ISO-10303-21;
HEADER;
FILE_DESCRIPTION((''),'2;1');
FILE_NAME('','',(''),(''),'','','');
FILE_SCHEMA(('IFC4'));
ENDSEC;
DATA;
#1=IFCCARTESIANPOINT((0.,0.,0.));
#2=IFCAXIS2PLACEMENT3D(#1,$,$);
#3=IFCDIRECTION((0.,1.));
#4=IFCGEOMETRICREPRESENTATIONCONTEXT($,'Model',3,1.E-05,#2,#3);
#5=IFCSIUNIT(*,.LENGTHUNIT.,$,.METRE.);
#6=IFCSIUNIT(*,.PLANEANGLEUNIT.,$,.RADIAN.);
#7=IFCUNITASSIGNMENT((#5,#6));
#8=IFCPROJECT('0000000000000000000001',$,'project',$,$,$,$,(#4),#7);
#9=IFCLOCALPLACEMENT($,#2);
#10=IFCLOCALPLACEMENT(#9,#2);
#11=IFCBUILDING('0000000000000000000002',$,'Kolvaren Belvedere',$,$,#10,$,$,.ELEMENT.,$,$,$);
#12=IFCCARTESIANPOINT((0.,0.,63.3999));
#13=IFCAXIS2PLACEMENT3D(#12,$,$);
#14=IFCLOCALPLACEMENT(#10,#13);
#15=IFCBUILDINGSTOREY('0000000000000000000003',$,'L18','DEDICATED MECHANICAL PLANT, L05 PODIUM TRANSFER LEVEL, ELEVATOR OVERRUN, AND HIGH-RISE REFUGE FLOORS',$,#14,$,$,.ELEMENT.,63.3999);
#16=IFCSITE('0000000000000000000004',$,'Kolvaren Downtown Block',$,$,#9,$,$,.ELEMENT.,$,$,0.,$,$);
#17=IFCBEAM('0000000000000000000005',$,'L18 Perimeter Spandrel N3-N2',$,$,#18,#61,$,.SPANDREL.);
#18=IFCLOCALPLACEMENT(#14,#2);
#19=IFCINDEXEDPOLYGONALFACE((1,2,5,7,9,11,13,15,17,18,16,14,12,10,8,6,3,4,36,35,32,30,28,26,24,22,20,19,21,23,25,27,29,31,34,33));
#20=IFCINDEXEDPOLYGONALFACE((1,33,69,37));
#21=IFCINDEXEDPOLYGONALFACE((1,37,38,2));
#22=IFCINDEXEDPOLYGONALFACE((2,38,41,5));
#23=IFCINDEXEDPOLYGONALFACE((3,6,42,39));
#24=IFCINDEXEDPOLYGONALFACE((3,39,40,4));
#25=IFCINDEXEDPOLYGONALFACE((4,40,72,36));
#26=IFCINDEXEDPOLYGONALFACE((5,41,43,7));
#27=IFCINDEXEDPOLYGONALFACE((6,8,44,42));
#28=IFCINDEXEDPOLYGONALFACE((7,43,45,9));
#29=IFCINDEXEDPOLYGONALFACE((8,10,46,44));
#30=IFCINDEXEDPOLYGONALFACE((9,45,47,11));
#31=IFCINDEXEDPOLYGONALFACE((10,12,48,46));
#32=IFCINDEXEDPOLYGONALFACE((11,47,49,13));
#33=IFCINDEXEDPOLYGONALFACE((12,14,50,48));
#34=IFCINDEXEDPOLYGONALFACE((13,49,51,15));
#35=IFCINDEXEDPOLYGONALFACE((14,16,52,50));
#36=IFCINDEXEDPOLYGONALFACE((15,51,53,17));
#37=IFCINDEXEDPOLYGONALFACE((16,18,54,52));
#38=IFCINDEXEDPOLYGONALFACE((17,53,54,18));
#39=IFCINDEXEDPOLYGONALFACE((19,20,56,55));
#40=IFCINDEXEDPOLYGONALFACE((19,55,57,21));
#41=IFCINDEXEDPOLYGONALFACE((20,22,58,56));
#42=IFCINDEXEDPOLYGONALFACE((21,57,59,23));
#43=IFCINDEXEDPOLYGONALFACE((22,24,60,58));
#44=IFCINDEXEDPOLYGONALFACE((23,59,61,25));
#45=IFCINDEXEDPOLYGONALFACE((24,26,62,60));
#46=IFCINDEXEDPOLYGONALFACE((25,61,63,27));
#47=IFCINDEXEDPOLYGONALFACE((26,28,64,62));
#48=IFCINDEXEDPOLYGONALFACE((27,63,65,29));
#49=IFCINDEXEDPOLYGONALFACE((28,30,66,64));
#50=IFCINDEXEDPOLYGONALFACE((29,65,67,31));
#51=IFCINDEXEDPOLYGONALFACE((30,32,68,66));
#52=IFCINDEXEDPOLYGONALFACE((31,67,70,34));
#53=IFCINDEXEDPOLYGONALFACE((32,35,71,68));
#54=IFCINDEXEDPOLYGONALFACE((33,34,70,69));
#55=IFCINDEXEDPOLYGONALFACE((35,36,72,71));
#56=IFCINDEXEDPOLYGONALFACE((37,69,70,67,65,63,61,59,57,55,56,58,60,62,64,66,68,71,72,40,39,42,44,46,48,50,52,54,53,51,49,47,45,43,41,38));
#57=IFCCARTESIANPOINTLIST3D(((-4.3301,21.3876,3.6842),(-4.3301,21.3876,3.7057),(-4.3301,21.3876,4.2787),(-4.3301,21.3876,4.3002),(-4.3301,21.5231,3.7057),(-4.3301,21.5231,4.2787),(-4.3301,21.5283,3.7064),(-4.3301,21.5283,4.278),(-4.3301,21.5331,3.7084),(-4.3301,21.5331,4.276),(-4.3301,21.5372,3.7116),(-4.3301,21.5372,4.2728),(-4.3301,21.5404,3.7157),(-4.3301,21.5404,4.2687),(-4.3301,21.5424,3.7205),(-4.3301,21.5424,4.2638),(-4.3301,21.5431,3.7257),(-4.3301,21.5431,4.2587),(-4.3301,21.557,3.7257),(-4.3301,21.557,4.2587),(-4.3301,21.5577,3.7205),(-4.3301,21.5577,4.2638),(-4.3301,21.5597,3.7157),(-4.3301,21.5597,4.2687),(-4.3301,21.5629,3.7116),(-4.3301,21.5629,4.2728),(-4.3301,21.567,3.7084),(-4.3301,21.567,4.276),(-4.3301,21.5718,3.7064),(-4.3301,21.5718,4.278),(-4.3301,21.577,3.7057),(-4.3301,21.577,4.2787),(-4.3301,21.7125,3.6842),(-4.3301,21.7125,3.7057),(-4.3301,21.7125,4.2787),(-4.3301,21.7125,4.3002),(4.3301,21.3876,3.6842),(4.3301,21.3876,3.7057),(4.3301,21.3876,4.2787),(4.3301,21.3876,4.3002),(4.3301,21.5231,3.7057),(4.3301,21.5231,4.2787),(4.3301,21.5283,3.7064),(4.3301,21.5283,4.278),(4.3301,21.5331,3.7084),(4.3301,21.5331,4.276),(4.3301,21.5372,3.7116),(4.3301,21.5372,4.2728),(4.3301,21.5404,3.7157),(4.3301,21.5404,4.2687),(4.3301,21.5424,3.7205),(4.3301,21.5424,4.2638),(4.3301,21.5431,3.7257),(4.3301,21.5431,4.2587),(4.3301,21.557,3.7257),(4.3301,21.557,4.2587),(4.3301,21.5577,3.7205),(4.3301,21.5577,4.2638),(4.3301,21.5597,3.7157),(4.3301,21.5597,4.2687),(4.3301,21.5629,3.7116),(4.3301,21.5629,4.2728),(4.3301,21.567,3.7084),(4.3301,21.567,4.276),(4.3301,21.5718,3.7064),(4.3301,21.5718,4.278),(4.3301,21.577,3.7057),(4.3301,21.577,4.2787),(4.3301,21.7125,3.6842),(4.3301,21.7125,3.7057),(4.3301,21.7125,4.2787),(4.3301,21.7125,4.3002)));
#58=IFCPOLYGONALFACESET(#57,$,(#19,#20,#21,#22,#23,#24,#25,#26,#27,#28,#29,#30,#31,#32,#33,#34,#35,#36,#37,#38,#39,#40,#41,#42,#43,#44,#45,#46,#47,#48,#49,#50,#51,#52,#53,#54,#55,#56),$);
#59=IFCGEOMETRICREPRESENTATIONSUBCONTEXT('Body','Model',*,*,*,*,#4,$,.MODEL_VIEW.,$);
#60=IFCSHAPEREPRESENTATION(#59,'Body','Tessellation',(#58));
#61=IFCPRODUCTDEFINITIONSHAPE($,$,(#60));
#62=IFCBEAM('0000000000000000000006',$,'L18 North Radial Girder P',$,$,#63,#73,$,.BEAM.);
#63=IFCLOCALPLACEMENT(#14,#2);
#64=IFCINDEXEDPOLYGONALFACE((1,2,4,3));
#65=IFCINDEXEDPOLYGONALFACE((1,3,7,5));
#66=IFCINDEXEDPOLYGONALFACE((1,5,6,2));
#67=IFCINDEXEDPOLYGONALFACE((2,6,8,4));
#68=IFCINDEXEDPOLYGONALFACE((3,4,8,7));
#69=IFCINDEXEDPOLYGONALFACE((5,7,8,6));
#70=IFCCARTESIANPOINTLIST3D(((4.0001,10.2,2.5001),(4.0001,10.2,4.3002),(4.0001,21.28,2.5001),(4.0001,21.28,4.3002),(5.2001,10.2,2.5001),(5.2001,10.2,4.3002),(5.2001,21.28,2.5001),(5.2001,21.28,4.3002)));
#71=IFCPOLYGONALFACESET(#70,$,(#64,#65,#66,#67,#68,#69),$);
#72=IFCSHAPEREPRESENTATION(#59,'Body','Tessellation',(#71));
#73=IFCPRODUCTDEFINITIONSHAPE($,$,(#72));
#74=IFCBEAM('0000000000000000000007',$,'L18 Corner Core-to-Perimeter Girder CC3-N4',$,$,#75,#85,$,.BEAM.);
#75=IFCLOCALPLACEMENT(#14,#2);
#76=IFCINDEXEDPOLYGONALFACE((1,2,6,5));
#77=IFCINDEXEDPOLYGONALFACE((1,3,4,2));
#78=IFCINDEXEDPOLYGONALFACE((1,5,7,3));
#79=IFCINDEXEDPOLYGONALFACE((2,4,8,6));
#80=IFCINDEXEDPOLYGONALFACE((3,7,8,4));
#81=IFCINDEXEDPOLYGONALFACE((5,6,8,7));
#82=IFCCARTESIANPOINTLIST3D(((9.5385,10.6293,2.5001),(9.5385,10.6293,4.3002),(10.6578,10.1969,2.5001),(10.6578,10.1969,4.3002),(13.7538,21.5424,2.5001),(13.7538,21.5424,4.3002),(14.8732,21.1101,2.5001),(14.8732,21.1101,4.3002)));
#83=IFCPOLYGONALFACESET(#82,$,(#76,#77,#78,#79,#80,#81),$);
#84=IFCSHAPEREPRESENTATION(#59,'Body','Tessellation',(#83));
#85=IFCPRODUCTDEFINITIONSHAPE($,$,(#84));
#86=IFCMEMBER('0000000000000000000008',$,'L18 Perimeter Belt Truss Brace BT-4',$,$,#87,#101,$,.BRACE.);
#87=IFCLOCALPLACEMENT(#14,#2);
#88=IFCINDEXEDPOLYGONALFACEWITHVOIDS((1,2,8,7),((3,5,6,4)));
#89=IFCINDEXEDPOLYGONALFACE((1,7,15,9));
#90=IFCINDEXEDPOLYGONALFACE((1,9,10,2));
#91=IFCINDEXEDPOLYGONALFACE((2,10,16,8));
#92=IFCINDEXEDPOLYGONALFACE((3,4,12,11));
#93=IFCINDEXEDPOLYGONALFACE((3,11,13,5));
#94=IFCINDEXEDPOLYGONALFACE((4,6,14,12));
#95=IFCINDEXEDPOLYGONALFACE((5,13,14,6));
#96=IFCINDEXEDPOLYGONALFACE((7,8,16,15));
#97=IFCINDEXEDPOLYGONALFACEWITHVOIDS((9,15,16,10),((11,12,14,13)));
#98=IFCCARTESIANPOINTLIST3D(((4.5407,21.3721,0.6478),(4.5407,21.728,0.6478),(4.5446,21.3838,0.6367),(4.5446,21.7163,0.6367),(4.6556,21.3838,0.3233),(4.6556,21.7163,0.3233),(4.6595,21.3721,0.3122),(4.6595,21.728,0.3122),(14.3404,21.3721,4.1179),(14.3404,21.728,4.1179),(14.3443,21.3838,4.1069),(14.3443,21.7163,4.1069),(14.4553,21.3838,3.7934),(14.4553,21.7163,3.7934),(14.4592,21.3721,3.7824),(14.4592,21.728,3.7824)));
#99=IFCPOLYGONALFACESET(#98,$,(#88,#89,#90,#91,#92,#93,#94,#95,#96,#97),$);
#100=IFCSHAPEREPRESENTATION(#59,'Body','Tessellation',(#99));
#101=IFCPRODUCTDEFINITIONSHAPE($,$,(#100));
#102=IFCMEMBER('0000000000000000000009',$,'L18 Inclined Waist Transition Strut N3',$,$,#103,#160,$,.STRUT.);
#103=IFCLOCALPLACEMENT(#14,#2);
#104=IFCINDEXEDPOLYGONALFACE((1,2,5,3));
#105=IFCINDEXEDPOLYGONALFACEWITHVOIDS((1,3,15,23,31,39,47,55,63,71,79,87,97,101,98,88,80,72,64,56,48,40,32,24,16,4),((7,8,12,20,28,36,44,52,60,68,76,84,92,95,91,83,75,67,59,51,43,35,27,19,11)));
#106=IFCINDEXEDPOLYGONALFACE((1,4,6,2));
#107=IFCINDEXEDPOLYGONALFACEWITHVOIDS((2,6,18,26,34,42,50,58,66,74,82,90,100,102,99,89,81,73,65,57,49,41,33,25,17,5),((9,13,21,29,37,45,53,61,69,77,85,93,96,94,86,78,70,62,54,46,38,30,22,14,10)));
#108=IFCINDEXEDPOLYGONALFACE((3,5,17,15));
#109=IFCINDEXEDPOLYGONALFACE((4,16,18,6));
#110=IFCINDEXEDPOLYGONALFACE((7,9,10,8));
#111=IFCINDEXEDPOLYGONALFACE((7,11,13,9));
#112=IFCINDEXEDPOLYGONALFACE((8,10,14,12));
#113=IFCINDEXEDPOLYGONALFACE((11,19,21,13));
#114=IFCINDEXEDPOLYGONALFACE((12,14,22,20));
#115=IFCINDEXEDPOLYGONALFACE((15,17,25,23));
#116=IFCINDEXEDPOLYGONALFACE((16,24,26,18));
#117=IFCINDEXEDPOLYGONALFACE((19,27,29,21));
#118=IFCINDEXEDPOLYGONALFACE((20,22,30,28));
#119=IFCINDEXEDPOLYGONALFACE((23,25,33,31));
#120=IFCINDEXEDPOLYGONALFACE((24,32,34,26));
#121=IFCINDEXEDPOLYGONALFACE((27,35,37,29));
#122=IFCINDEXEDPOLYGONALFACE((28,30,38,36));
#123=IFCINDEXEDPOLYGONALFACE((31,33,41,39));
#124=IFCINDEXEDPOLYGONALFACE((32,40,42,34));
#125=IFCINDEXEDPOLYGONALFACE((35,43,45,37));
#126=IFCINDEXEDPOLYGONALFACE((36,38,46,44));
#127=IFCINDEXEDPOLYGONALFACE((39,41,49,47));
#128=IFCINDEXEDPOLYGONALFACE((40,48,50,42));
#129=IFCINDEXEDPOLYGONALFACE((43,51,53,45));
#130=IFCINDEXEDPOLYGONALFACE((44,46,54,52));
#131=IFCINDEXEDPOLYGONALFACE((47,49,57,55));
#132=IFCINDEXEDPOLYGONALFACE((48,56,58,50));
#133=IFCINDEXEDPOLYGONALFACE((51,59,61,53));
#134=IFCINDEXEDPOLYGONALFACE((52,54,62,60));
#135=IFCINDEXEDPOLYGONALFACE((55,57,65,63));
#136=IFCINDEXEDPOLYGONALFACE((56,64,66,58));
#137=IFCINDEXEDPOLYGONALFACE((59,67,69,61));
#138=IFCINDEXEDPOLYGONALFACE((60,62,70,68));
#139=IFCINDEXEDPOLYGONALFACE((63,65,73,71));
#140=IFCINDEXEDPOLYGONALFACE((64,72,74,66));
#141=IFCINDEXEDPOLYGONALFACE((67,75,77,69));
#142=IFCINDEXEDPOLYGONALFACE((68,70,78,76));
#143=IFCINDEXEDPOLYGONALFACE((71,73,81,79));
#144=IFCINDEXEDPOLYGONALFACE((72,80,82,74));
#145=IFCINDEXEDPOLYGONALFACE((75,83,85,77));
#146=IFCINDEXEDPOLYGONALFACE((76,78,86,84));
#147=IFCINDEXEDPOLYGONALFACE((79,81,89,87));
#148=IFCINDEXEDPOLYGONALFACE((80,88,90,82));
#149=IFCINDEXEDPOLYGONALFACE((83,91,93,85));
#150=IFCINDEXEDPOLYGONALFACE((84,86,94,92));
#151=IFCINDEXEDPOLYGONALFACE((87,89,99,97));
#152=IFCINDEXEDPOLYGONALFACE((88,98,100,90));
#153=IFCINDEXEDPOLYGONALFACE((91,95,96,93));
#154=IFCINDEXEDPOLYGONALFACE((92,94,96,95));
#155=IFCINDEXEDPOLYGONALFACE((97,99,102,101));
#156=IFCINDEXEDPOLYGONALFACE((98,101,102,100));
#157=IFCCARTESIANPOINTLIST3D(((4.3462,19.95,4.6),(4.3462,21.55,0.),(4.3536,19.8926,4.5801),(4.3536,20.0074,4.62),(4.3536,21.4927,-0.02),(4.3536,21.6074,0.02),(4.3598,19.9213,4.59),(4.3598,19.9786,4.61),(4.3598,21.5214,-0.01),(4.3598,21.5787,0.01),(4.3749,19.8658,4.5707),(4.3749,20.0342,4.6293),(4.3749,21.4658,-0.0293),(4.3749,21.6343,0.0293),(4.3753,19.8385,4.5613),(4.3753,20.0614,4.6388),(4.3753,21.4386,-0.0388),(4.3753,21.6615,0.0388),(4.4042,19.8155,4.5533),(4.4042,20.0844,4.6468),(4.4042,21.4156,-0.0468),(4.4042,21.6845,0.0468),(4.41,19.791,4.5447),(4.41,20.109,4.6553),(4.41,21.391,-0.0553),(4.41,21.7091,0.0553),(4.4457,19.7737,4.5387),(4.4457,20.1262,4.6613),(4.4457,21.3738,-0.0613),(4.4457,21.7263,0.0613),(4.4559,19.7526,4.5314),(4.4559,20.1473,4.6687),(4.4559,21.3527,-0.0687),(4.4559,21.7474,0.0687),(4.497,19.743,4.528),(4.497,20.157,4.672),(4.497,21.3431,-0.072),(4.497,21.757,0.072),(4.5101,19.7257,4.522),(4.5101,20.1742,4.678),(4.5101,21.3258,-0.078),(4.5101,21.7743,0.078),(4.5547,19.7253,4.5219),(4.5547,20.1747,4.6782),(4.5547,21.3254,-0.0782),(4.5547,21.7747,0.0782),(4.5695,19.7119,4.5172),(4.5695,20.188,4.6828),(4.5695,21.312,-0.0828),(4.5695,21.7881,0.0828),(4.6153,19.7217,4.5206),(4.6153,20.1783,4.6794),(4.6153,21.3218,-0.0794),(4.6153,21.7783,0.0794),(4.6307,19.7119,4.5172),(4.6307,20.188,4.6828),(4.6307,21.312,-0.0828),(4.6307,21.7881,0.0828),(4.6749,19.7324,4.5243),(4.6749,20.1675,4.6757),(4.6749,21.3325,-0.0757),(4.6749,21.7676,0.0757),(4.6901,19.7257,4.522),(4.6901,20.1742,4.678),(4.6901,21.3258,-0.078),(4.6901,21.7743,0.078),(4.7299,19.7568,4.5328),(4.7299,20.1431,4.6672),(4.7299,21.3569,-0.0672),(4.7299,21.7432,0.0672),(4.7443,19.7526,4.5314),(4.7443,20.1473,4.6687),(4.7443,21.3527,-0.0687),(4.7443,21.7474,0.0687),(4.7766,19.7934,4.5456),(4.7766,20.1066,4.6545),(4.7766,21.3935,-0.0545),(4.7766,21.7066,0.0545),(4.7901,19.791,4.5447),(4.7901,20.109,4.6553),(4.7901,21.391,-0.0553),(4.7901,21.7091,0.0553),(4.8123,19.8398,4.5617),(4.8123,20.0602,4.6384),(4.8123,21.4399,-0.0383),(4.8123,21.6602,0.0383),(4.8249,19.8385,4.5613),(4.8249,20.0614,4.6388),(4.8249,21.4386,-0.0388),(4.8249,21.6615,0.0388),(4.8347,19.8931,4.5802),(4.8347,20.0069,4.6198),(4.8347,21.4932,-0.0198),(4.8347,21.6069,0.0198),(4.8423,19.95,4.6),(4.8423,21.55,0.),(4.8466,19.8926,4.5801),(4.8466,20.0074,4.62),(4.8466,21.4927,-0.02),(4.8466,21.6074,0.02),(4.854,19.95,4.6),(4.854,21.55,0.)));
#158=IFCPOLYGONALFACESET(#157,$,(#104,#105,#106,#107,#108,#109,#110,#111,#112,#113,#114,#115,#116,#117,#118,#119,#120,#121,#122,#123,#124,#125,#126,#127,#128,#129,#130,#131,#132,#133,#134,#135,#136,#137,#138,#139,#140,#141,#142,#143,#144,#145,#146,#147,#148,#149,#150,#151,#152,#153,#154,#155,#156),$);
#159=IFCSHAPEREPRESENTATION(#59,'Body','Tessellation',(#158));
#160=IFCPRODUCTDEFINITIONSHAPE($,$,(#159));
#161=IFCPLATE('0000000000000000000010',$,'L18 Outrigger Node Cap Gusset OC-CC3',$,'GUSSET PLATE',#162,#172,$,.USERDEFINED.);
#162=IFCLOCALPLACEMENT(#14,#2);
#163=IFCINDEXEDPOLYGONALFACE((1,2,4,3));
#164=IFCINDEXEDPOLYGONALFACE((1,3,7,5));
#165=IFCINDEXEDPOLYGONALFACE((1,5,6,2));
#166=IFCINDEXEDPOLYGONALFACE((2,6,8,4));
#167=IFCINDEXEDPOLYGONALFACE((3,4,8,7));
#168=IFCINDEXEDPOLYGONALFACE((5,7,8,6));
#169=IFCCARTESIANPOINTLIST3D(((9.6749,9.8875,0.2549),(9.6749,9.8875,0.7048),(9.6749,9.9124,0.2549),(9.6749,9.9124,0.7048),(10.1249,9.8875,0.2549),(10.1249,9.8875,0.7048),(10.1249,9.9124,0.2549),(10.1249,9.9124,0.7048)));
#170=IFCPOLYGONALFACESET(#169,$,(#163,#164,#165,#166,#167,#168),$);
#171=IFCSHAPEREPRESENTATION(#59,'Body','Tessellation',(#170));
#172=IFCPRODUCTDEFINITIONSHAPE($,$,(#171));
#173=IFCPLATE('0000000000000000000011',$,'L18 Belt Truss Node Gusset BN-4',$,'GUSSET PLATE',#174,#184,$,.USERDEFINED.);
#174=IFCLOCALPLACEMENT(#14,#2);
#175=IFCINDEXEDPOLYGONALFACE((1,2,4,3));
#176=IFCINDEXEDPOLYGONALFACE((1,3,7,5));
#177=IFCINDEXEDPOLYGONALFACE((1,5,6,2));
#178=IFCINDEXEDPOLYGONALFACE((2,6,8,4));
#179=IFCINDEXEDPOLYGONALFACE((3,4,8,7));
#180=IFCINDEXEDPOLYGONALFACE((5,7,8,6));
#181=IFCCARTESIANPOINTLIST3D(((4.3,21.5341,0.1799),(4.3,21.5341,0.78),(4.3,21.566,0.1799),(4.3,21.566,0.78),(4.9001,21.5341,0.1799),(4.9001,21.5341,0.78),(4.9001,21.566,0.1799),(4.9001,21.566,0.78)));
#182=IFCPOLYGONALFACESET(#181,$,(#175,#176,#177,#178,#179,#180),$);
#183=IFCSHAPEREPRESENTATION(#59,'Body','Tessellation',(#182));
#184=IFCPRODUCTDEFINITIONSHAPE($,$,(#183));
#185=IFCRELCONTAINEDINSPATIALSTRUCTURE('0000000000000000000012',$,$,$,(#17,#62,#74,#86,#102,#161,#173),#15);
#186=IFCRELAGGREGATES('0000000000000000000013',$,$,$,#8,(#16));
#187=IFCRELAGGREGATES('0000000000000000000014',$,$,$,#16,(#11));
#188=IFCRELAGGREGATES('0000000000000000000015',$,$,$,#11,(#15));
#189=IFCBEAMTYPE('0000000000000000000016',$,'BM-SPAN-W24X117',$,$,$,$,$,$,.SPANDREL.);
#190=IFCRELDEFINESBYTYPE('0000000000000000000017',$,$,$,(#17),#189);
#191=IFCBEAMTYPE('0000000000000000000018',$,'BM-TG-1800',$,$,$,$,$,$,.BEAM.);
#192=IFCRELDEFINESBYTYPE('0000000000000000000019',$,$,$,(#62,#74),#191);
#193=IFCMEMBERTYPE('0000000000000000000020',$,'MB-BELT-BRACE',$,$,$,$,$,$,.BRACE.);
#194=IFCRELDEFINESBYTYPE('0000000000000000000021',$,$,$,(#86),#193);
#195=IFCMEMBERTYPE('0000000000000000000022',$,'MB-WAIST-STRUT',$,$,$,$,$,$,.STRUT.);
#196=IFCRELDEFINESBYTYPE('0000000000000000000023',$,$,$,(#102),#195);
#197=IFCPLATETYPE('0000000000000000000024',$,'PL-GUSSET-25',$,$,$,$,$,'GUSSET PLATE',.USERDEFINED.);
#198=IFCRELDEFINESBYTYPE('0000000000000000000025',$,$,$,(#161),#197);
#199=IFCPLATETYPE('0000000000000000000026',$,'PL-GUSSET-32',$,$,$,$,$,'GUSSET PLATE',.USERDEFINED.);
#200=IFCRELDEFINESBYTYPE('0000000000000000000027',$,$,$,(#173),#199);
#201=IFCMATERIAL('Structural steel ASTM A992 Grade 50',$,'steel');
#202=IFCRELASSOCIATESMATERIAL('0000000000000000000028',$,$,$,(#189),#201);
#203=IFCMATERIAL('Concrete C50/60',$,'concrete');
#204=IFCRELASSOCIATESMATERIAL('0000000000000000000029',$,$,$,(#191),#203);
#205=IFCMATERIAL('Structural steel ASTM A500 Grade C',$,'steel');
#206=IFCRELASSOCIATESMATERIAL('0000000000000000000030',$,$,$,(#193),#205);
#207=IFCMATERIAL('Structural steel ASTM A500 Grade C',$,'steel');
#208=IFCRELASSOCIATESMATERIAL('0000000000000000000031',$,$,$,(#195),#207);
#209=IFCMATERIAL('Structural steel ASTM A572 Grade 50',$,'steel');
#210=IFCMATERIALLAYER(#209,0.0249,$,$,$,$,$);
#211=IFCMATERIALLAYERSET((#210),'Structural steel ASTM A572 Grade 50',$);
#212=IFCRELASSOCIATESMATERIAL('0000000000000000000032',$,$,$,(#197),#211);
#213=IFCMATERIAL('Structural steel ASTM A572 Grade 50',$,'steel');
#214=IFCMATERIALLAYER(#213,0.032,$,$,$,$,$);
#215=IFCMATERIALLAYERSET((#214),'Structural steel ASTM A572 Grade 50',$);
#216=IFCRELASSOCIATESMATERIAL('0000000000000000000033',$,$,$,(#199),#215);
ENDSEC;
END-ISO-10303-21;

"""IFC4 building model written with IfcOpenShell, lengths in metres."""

from ifc_helpers import new_model, si_unit, direction, frame, origin, origin_2d, place, context, subcontext, project, spatial, rectangle, hollow_rectangle, hollow_circle, i_section, extrude, material, layer, layer_set, material_profile, profile_set, type_object, element, save


model = new_model("IFC4")

# Units and contexts
model_context = context("Model", 3, precision=1e-05, world=origin(), true_north=direction((0.0, 1.0)))
body_context = subcontext(model_context, "Body", "Model", "MODEL_VIEW")
ifc_project = project(units=[si_unit("LENGTHUNIT", "METRE"), si_unit("PLANEANGLEUNIT", "RADIAN")], contexts=[model_context])

# Site, building, storey
site_placement = place(None, origin())
site = spatial("IfcSite", under=ifc_project, at=site_placement, Name="Kolvaren Downtown Block", CompositionType="ELEMENT", RefElevation=0.0)
building_placement = place(site_placement, origin())
building = spatial("IfcBuilding", under=site, at=building_placement, Name="Kolvaren Belvedere", CompositionType="ELEMENT")
storey_placement = place(building_placement, frame((0.0, 0.0, 63.3999)))
storey = spatial("IfcBuildingStorey", under=building, at=storey_placement, Name="L18", Description="DEDICATED MECHANICAL PLANT, L05 PODIUM TRANSFER LEVEL, ELEVATOR OVERRUN, AND HIGH-RISE REFUGE FLOORS", CompositionType="ELEMENT", Elevation=63.3999)

# Beams
ifc_material_1 = material(Name="Structural steel ASTM A992 Grade 50", Category="steel")
ifc_material_profile_1 = material_profile(ifc_material_1, i_section(OverallWidth=0.325, OverallDepth=0.616, WebThickness=0.0139, FlangeThickness=0.0215, FilletRadius=0.02, at=origin_2d()), Name="W24X117")
ifc_profile_set_1 = profile_set([ifc_material_profile_1], Name="Structural steel ASTM A992 Grade 50")
beam_type_1 = type_object("IfcBeamType", Name="BM-SPAN-W24X117", PredefinedType="SPANDREL", material=ifc_profile_set_1)
beam_1_placement = place(storey_placement, frame((4.3301, 21.55, 3.9922), z_axis=(-1.0, 0.0, 0.0), x_axis=(0.0, -1.0, 0.0)))
element("IfcBeam", 1, at=beam_1_placement, inside=storey, type_object=beam_type_1, Name="L18 Perimeter Spandrel N3-N2", PredefinedType="SPANDREL", context=body_context, shape_type="SweptSolid", body=[
    extrude(i_section(OverallWidth=0.325, OverallDepth=0.616, WebThickness=0.0139, FlangeThickness=0.0215, FilletRadius=0.02, at=origin_2d()), origin(), (0.0, 0.0, 1.0), 8.6602),
])
ifc_material_2 = material(Name="Concrete C50/60", Category="concrete")
ifc_material_profile_2 = material_profile(ifc_material_2, rectangle(XDim=1.2, YDim=1.8, at=origin_2d()), Name="RC 1200X1800")
ifc_profile_set_2 = profile_set([ifc_material_profile_2], Name="Concrete C50/60")
beam_type_2 = type_object("IfcBeamType", Name="BM-TG-1800", PredefinedType="BEAM", material=ifc_profile_set_2)
beam_2_placement = place(storey_placement, frame((4.6001, 10.2, 3.4001), z_axis=(0.0, 1.0, 0.0), x_axis=(-1.0, 0.0, 0.0)))
element("IfcBeam", 2, at=beam_2_placement, inside=storey, type_object=beam_type_2, Name="L18 North Radial Girder P", PredefinedType="BEAM", context=body_context, shape_type="SweptSolid", body=[
    extrude(rectangle(XDim=1.2, YDim=1.8, at=origin_2d()), origin(), (0.0, 0.0, 1.0), 11.0801),
])
beam_3_placement = place(storey_placement, frame((10.0981, 10.4131, 3.4001), z_axis=(0.360318, 0.932829, 0.0), x_axis=(-0.932829, 0.360318, 0.0)))
element("IfcBeam", 3, at=beam_3_placement, inside=storey, type_object=beam_type_2, Name="L18 Corner Core-to-Perimeter Girder CC3-N4", PredefinedType="BEAM", context=body_context, shape_type="SweptSolid", body=[
    extrude(rectangle(XDim=1.2, YDim=1.8, at=origin_2d()), origin(), (0.0, 0.0, 1.0), 11.699),
])

# Members
ifc_material_3 = material(Name="Structural steel ASTM A500 Grade C", Category="steel")
ifc_material_profile_3 = material_profile(ifc_material_3, hollow_rectangle(XDim=0.356, YDim=0.356, WallThickness=0.0117, at=origin_2d()), Name="HSS14X14X1/2")
ifc_profile_set_3 = profile_set([ifc_material_profile_3], Name="Structural steel ASTM A500 Grade C")
member_type_1 = type_object("IfcMemberType", Name="MB-BELT-BRACE", PredefinedType="BRACE", material=ifc_profile_set_3)
member_1_placement = place(storey_placement, frame((4.6001, 21.55, 0.48), z_axis=(0.942644, 0.0, 0.3338), x_axis=(0.0, 1.0, 0.0)))
element("IfcMember", 4, at=member_1_placement, inside=storey, type_object=member_type_1, Name="L18 Perimeter Belt Truss Brace BT-4", PredefinedType="BRACE", context=body_context, shape_type="SweptSolid", body=[
    extrude(hollow_rectangle(XDim=0.356, YDim=0.356, WallThickness=0.0117, at=origin_2d()), origin(), (0.0, 0.0, 1.0), 10.396),
])
ifc_material_4 = material(Name="Structural steel ASTM A500 Grade C", Category="steel")
ifc_material_profile_4 = material_profile(ifc_material_4, hollow_circle(Radius=0.2539, WallThickness=0.0117, at=origin_2d()), Name="HSS20.000X0.500")
ifc_profile_set_4 = profile_set([ifc_material_profile_4], Name="Structural steel ASTM A500 Grade C")
member_type_2 = type_object("IfcMemberType", Name="MB-WAIST-STRUT", PredefinedType="STRUT", material=ifc_profile_set_4)
member_2_placement = place(storey_placement, frame((4.6001, 21.55, 0.0), z_axis=(0.0, -0.328532, 0.944493), x_axis=(1.0, 0.0, 0.0)))
element("IfcMember", 5, at=member_2_placement, inside=storey, type_object=member_type_2, Name="L18 Inclined Waist Transition Strut N3", PredefinedType="STRUT", context=body_context, shape_type="SweptSolid", body=[
    extrude(hollow_circle(Radius=0.2539, WallThickness=0.0117, at=origin_2d()), origin(), (0.0, 0.0, 1.0), 4.8704),
])

# Plates
ifc_material_5 = material(Name="Structural steel ASTM A572 Grade 50", Category="steel")
ifc_layer_1 = layer(ifc_material_5, 0.0249)
ifc_layer_set_1 = layer_set([ifc_layer_1], Name="Structural steel ASTM A572 Grade 50")
plate_type_1 = type_object("IfcPlateType", Name="PL-GUSSET-25", ElementType="GUSSET PLATE", PredefinedType="USERDEFINED", material=ifc_layer_set_1)
plate_1_placement = place(storey_placement, frame((9.8999, 9.8999, 0.2549), z_axis=(0.0, 0.0, 1.0), x_axis=(1.0, 0.0, 0.0)))
element("IfcPlate", 6, at=plate_1_placement, inside=storey, type_object=plate_type_1, Name="L18 Outrigger Node Cap Gusset OC-CC3", ObjectType="GUSSET PLATE", PredefinedType="USERDEFINED", context=body_context, shape_type="SweptSolid", body=[
    extrude(rectangle(XDim=0.45, YDim=0.0249, at=origin_2d()), origin(), (0.0, 0.0, 1.0), 0.45),
])
ifc_material_6 = material(Name="Structural steel ASTM A572 Grade 50", Category="steel")
ifc_layer_2 = layer(ifc_material_6, 0.032)
ifc_layer_set_2 = layer_set([ifc_layer_2], Name="Structural steel ASTM A572 Grade 50")
plate_type_2 = type_object("IfcPlateType", Name="PL-GUSSET-32", ElementType="GUSSET PLATE", PredefinedType="USERDEFINED", material=ifc_layer_set_2)
plate_2_placement = place(storey_placement, frame((4.6001, 21.55, 0.1799), z_axis=(0.0, 0.0, 1.0), x_axis=(1.0, 0.0, 0.0)))
element("IfcPlate", 7, at=plate_2_placement, inside=storey, type_object=plate_type_2, Name="L18 Belt Truss Node Gusset BN-4", ObjectType="GUSSET PLATE", PredefinedType="USERDEFINED", context=body_context, shape_type="SweptSolid", body=[
    extrude(rectangle(XDim=0.6001, YDim=0.032, at=origin_2d()), origin(), (0.0, 0.0, 1.0), 0.6001),
])

save(model, "model.ifc")
